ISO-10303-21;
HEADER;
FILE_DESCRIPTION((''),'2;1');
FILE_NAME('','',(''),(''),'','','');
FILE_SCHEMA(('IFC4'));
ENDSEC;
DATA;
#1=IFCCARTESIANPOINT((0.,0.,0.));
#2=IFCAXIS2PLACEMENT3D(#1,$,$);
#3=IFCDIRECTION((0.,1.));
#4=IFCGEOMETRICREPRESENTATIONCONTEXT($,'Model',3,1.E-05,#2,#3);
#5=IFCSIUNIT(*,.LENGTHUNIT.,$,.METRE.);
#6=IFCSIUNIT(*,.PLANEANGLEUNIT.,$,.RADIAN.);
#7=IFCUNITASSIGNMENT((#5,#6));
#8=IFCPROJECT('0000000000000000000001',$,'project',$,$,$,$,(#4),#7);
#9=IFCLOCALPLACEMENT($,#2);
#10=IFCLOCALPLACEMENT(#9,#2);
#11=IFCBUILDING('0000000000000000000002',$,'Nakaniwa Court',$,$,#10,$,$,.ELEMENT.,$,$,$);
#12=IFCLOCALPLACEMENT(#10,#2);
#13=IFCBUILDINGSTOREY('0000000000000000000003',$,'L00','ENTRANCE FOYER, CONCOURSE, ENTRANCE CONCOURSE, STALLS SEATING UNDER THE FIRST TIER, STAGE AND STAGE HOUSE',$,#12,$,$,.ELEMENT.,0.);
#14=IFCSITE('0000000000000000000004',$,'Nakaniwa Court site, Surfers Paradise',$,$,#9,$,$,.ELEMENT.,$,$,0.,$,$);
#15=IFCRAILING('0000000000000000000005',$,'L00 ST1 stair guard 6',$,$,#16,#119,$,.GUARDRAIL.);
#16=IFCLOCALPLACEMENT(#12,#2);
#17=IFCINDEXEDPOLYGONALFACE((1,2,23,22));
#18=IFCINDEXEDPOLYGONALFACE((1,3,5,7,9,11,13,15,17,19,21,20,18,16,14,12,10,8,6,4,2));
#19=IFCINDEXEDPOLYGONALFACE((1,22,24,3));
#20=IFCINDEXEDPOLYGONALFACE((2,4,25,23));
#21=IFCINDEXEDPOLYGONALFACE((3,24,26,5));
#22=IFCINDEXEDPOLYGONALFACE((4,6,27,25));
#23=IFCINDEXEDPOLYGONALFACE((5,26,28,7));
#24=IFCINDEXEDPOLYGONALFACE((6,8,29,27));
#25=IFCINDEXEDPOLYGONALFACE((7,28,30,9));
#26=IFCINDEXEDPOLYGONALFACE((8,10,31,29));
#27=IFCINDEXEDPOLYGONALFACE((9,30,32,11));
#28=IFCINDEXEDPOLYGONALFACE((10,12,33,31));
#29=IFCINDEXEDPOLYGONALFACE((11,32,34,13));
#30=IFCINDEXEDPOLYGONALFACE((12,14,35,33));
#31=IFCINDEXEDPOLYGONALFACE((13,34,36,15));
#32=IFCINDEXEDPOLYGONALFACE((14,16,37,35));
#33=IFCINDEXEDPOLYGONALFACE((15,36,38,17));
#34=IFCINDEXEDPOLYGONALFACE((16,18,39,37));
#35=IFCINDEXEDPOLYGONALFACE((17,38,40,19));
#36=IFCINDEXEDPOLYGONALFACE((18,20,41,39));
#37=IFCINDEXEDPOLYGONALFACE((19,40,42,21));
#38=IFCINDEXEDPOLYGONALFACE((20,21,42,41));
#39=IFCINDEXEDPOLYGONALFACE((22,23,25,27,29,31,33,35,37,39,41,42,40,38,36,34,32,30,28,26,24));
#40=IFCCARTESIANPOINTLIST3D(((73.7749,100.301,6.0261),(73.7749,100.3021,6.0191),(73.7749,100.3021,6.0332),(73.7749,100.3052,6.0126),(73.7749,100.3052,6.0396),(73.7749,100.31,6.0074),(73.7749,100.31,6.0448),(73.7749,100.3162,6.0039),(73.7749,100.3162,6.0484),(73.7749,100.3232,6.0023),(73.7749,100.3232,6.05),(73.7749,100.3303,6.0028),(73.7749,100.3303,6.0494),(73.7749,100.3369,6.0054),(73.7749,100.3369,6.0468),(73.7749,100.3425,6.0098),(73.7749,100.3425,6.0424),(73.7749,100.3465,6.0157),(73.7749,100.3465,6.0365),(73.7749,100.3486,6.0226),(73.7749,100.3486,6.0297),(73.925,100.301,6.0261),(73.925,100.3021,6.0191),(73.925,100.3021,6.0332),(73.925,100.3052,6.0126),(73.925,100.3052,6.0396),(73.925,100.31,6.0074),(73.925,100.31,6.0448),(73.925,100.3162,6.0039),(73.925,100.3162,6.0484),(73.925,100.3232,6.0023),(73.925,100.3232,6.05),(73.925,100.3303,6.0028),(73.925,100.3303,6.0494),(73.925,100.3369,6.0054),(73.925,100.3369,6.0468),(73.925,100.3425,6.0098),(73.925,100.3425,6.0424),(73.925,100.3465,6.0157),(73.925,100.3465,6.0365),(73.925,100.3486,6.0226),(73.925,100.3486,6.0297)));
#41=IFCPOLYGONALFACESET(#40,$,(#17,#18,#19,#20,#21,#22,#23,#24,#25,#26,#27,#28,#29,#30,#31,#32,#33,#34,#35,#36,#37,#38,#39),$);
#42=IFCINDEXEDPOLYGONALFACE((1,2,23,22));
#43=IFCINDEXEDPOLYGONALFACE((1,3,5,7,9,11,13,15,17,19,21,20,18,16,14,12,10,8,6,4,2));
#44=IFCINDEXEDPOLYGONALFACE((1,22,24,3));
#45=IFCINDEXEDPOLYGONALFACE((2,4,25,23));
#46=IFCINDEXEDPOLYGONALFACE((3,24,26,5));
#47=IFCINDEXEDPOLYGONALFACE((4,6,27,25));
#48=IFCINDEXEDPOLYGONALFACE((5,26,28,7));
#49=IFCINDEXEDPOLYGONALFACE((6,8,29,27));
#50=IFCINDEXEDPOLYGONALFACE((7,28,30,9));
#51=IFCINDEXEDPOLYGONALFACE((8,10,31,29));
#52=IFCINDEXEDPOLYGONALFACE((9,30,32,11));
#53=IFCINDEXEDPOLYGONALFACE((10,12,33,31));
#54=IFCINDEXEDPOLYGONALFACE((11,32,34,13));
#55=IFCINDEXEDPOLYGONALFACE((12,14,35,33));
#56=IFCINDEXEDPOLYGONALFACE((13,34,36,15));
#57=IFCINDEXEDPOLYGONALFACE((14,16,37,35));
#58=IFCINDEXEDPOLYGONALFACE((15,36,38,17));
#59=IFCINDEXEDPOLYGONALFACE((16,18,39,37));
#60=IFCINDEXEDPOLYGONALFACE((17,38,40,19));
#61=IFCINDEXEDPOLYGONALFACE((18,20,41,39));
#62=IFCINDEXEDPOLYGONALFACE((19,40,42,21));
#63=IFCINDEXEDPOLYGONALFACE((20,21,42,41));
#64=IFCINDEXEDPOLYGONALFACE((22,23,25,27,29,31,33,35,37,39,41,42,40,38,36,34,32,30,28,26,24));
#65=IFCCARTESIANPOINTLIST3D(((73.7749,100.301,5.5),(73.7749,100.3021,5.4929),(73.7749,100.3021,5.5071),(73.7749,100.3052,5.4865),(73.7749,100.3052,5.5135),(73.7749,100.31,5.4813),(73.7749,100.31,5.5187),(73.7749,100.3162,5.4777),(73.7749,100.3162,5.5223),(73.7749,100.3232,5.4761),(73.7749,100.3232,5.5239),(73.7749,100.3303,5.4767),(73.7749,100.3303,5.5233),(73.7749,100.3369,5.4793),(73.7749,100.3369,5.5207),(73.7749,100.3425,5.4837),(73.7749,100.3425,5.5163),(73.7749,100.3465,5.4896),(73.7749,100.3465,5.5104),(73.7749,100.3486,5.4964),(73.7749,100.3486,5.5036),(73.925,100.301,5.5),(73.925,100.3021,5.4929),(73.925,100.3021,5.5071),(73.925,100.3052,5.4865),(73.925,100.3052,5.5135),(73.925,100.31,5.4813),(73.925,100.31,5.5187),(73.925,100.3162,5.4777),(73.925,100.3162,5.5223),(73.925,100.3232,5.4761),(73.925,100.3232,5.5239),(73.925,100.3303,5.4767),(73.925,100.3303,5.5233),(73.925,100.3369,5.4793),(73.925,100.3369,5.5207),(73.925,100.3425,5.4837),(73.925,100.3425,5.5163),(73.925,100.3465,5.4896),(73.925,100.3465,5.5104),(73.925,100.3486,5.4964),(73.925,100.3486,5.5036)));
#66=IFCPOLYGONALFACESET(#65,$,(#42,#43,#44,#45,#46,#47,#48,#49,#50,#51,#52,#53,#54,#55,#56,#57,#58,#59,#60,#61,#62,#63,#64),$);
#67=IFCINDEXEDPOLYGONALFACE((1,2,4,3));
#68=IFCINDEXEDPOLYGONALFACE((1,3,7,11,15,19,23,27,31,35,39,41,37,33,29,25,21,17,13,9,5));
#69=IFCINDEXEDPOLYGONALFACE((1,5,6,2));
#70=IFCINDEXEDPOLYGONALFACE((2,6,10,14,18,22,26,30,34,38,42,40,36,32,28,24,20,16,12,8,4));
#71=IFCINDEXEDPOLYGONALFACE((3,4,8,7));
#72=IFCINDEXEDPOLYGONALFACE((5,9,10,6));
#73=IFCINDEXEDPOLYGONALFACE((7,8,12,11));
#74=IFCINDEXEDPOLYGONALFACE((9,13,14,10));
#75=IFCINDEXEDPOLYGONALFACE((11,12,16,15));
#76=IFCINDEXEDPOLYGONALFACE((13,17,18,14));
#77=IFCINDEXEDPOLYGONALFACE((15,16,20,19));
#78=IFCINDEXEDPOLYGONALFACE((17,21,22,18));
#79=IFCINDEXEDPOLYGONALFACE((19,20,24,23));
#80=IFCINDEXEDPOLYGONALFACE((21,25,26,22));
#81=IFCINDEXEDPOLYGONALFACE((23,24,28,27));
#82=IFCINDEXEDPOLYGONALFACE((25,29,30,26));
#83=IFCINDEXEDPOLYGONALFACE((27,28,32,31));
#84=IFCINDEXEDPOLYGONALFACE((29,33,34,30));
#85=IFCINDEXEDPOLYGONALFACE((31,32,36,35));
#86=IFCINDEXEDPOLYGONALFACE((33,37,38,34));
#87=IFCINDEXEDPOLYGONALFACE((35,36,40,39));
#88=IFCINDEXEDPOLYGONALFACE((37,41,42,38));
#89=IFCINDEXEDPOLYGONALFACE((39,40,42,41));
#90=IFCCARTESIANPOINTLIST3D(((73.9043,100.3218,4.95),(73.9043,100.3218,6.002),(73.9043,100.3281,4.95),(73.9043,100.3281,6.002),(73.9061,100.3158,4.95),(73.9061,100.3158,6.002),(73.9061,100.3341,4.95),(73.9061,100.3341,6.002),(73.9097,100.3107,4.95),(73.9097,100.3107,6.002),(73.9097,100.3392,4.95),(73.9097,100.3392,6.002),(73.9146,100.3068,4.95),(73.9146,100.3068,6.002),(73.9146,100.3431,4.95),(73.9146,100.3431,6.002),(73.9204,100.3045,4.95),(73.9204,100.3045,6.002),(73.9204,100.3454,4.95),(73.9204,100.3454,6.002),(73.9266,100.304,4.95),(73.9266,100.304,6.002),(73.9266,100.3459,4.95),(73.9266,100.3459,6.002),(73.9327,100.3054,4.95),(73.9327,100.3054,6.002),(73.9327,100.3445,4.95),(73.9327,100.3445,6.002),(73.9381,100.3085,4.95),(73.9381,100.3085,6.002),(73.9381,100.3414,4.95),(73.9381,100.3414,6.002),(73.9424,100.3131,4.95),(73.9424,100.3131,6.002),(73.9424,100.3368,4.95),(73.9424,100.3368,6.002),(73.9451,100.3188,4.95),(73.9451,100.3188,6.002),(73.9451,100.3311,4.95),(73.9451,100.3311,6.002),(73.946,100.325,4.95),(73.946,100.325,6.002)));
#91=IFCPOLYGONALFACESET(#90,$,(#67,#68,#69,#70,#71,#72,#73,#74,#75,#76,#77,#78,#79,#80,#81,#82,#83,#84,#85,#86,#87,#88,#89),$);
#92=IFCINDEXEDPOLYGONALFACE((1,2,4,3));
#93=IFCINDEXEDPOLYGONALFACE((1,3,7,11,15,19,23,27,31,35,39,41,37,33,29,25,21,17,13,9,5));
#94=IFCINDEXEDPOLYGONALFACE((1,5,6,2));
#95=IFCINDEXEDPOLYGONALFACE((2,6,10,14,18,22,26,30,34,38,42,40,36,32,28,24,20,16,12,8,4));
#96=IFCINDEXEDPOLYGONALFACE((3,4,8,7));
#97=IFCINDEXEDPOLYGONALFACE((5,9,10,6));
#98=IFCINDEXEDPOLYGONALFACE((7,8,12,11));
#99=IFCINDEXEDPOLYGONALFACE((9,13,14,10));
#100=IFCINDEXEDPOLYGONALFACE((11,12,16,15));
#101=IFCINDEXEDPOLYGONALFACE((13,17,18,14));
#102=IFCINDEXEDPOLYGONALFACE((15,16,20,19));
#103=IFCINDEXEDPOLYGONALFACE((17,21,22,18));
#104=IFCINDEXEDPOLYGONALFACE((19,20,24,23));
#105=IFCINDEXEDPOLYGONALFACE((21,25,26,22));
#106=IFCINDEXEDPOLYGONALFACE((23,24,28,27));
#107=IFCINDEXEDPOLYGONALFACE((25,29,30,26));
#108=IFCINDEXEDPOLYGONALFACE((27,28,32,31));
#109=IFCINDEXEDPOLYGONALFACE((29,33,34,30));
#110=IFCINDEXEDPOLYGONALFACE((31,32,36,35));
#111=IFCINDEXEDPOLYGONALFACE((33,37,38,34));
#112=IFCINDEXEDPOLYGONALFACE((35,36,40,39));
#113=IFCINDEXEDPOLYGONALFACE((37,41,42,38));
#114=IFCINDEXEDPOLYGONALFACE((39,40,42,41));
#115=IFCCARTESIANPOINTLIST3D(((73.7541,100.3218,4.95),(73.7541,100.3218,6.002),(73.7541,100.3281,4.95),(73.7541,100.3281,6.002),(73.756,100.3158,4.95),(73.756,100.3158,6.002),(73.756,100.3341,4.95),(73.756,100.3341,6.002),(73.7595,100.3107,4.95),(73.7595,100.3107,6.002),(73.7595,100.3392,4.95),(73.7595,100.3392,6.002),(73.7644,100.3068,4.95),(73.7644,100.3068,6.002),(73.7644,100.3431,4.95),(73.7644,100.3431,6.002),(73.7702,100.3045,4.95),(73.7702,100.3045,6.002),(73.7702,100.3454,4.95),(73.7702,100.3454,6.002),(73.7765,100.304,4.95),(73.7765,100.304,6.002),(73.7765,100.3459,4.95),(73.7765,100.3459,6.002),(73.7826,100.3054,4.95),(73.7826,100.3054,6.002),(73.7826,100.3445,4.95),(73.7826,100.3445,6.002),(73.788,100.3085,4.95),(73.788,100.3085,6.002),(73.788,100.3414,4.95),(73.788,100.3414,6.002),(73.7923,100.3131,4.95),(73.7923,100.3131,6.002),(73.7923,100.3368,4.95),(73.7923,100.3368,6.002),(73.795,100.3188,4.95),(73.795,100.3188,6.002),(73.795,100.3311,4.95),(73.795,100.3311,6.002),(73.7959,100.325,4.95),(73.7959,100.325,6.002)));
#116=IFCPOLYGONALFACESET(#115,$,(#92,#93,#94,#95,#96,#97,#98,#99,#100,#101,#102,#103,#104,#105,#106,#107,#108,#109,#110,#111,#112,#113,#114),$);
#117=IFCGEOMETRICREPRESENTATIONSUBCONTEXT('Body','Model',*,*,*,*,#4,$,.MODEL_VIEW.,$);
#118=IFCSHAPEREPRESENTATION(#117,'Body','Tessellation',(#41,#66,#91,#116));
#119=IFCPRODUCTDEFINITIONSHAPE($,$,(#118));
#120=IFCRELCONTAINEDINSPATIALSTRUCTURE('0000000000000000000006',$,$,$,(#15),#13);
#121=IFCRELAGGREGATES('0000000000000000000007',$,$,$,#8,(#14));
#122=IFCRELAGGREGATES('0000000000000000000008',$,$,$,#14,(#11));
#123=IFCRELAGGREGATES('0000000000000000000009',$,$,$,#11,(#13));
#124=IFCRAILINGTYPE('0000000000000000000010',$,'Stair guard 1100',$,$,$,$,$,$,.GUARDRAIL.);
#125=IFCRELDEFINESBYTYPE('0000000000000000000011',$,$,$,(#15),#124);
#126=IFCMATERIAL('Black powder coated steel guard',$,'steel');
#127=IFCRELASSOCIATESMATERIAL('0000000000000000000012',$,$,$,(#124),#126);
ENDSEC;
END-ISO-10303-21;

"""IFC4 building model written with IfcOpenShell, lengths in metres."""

from ifc_helpers import new_model, si_unit, direction, frame, origin, origin_2d, place, context, subcontext, project, spatial, circle, extrude, material, type_object, element, save


model = new_model("IFC4")

# Units and contexts
model_context = context("Model", 3, precision=1e-05, world=origin(), true_north=direction((0.0, 1.0)))
body_context = subcontext(model_context, "Body", "Model", "MODEL_VIEW")
ifc_project = project(units=[si_unit("LENGTHUNIT", "METRE"), si_unit("PLANEANGLEUNIT", "RADIAN")], contexts=[model_context])

# Site, building, storey
site_placement = place(None, origin())
site = spatial("IfcSite", under=ifc_project, at=site_placement, Name="Nakaniwa Court site, Surfers Paradise", CompositionType="ELEMENT", RefElevation=0.0)
building_placement = place(site_placement, origin())
building = spatial("IfcBuilding", under=site, at=building_placement, Name="Nakaniwa Court", CompositionType="ELEMENT")
storey_placement = place(building_placement, origin())
storey = spatial("IfcBuildingStorey", under=building, at=storey_placement, Name="L00", Description="ENTRANCE FOYER, CONCOURSE, ENTRANCE CONCOURSE, STALLS SEATING UNDER THE FIRST TIER, STAGE AND STAGE HOUSE", CompositionType="ELEMENT", Elevation=0.0)

# Railing
ifc_material_1 = material(Name="Black powder coated steel guard", Category="steel")
railing_type_1 = type_object("IfcRailingType", Name="Stair guard 1100", PredefinedType="GUARDRAIL", material=ifc_material_1)
railing_1_placement = place(storey_placement, frame((73.925, 100.325, 4.95)))
element("IfcRailing", 1, at=railing_1_placement, inside=storey, type_object=railing_type_1, Name="L00 ST1 stair guard 6", PredefinedType="GUARDRAIL", context=body_context, shape_type="SweptSolid", body=[
    extrude(circle(Radius=0.0239, at=origin_2d()), frame((0.0, 0.0, 1.0762), z_axis=(-1.0, 0.0, 0.0), x_axis=(0.0, -1.0, 0.0)), (0.0, 0.0, 1.0), 0.1501),
    extrude(circle(Radius=0.0239, at=origin_2d()), frame((0.0, 0.0, 0.55), z_axis=(-1.0, 0.0, 0.0), x_axis=(0.0, -1.0, 0.0)), (0.0, 0.0, 1.0), 0.1501),
    extrude(circle(Radius=0.021, at=origin_2d()), origin(), (0.0, 0.0, 1.0), 1.052),
    extrude(circle(Radius=0.021, at=origin_2d()), frame((-0.1501, 0.0, 0.0)), (0.0, 0.0, 1.0), 1.052),
])

save(model, "model.ifc")
